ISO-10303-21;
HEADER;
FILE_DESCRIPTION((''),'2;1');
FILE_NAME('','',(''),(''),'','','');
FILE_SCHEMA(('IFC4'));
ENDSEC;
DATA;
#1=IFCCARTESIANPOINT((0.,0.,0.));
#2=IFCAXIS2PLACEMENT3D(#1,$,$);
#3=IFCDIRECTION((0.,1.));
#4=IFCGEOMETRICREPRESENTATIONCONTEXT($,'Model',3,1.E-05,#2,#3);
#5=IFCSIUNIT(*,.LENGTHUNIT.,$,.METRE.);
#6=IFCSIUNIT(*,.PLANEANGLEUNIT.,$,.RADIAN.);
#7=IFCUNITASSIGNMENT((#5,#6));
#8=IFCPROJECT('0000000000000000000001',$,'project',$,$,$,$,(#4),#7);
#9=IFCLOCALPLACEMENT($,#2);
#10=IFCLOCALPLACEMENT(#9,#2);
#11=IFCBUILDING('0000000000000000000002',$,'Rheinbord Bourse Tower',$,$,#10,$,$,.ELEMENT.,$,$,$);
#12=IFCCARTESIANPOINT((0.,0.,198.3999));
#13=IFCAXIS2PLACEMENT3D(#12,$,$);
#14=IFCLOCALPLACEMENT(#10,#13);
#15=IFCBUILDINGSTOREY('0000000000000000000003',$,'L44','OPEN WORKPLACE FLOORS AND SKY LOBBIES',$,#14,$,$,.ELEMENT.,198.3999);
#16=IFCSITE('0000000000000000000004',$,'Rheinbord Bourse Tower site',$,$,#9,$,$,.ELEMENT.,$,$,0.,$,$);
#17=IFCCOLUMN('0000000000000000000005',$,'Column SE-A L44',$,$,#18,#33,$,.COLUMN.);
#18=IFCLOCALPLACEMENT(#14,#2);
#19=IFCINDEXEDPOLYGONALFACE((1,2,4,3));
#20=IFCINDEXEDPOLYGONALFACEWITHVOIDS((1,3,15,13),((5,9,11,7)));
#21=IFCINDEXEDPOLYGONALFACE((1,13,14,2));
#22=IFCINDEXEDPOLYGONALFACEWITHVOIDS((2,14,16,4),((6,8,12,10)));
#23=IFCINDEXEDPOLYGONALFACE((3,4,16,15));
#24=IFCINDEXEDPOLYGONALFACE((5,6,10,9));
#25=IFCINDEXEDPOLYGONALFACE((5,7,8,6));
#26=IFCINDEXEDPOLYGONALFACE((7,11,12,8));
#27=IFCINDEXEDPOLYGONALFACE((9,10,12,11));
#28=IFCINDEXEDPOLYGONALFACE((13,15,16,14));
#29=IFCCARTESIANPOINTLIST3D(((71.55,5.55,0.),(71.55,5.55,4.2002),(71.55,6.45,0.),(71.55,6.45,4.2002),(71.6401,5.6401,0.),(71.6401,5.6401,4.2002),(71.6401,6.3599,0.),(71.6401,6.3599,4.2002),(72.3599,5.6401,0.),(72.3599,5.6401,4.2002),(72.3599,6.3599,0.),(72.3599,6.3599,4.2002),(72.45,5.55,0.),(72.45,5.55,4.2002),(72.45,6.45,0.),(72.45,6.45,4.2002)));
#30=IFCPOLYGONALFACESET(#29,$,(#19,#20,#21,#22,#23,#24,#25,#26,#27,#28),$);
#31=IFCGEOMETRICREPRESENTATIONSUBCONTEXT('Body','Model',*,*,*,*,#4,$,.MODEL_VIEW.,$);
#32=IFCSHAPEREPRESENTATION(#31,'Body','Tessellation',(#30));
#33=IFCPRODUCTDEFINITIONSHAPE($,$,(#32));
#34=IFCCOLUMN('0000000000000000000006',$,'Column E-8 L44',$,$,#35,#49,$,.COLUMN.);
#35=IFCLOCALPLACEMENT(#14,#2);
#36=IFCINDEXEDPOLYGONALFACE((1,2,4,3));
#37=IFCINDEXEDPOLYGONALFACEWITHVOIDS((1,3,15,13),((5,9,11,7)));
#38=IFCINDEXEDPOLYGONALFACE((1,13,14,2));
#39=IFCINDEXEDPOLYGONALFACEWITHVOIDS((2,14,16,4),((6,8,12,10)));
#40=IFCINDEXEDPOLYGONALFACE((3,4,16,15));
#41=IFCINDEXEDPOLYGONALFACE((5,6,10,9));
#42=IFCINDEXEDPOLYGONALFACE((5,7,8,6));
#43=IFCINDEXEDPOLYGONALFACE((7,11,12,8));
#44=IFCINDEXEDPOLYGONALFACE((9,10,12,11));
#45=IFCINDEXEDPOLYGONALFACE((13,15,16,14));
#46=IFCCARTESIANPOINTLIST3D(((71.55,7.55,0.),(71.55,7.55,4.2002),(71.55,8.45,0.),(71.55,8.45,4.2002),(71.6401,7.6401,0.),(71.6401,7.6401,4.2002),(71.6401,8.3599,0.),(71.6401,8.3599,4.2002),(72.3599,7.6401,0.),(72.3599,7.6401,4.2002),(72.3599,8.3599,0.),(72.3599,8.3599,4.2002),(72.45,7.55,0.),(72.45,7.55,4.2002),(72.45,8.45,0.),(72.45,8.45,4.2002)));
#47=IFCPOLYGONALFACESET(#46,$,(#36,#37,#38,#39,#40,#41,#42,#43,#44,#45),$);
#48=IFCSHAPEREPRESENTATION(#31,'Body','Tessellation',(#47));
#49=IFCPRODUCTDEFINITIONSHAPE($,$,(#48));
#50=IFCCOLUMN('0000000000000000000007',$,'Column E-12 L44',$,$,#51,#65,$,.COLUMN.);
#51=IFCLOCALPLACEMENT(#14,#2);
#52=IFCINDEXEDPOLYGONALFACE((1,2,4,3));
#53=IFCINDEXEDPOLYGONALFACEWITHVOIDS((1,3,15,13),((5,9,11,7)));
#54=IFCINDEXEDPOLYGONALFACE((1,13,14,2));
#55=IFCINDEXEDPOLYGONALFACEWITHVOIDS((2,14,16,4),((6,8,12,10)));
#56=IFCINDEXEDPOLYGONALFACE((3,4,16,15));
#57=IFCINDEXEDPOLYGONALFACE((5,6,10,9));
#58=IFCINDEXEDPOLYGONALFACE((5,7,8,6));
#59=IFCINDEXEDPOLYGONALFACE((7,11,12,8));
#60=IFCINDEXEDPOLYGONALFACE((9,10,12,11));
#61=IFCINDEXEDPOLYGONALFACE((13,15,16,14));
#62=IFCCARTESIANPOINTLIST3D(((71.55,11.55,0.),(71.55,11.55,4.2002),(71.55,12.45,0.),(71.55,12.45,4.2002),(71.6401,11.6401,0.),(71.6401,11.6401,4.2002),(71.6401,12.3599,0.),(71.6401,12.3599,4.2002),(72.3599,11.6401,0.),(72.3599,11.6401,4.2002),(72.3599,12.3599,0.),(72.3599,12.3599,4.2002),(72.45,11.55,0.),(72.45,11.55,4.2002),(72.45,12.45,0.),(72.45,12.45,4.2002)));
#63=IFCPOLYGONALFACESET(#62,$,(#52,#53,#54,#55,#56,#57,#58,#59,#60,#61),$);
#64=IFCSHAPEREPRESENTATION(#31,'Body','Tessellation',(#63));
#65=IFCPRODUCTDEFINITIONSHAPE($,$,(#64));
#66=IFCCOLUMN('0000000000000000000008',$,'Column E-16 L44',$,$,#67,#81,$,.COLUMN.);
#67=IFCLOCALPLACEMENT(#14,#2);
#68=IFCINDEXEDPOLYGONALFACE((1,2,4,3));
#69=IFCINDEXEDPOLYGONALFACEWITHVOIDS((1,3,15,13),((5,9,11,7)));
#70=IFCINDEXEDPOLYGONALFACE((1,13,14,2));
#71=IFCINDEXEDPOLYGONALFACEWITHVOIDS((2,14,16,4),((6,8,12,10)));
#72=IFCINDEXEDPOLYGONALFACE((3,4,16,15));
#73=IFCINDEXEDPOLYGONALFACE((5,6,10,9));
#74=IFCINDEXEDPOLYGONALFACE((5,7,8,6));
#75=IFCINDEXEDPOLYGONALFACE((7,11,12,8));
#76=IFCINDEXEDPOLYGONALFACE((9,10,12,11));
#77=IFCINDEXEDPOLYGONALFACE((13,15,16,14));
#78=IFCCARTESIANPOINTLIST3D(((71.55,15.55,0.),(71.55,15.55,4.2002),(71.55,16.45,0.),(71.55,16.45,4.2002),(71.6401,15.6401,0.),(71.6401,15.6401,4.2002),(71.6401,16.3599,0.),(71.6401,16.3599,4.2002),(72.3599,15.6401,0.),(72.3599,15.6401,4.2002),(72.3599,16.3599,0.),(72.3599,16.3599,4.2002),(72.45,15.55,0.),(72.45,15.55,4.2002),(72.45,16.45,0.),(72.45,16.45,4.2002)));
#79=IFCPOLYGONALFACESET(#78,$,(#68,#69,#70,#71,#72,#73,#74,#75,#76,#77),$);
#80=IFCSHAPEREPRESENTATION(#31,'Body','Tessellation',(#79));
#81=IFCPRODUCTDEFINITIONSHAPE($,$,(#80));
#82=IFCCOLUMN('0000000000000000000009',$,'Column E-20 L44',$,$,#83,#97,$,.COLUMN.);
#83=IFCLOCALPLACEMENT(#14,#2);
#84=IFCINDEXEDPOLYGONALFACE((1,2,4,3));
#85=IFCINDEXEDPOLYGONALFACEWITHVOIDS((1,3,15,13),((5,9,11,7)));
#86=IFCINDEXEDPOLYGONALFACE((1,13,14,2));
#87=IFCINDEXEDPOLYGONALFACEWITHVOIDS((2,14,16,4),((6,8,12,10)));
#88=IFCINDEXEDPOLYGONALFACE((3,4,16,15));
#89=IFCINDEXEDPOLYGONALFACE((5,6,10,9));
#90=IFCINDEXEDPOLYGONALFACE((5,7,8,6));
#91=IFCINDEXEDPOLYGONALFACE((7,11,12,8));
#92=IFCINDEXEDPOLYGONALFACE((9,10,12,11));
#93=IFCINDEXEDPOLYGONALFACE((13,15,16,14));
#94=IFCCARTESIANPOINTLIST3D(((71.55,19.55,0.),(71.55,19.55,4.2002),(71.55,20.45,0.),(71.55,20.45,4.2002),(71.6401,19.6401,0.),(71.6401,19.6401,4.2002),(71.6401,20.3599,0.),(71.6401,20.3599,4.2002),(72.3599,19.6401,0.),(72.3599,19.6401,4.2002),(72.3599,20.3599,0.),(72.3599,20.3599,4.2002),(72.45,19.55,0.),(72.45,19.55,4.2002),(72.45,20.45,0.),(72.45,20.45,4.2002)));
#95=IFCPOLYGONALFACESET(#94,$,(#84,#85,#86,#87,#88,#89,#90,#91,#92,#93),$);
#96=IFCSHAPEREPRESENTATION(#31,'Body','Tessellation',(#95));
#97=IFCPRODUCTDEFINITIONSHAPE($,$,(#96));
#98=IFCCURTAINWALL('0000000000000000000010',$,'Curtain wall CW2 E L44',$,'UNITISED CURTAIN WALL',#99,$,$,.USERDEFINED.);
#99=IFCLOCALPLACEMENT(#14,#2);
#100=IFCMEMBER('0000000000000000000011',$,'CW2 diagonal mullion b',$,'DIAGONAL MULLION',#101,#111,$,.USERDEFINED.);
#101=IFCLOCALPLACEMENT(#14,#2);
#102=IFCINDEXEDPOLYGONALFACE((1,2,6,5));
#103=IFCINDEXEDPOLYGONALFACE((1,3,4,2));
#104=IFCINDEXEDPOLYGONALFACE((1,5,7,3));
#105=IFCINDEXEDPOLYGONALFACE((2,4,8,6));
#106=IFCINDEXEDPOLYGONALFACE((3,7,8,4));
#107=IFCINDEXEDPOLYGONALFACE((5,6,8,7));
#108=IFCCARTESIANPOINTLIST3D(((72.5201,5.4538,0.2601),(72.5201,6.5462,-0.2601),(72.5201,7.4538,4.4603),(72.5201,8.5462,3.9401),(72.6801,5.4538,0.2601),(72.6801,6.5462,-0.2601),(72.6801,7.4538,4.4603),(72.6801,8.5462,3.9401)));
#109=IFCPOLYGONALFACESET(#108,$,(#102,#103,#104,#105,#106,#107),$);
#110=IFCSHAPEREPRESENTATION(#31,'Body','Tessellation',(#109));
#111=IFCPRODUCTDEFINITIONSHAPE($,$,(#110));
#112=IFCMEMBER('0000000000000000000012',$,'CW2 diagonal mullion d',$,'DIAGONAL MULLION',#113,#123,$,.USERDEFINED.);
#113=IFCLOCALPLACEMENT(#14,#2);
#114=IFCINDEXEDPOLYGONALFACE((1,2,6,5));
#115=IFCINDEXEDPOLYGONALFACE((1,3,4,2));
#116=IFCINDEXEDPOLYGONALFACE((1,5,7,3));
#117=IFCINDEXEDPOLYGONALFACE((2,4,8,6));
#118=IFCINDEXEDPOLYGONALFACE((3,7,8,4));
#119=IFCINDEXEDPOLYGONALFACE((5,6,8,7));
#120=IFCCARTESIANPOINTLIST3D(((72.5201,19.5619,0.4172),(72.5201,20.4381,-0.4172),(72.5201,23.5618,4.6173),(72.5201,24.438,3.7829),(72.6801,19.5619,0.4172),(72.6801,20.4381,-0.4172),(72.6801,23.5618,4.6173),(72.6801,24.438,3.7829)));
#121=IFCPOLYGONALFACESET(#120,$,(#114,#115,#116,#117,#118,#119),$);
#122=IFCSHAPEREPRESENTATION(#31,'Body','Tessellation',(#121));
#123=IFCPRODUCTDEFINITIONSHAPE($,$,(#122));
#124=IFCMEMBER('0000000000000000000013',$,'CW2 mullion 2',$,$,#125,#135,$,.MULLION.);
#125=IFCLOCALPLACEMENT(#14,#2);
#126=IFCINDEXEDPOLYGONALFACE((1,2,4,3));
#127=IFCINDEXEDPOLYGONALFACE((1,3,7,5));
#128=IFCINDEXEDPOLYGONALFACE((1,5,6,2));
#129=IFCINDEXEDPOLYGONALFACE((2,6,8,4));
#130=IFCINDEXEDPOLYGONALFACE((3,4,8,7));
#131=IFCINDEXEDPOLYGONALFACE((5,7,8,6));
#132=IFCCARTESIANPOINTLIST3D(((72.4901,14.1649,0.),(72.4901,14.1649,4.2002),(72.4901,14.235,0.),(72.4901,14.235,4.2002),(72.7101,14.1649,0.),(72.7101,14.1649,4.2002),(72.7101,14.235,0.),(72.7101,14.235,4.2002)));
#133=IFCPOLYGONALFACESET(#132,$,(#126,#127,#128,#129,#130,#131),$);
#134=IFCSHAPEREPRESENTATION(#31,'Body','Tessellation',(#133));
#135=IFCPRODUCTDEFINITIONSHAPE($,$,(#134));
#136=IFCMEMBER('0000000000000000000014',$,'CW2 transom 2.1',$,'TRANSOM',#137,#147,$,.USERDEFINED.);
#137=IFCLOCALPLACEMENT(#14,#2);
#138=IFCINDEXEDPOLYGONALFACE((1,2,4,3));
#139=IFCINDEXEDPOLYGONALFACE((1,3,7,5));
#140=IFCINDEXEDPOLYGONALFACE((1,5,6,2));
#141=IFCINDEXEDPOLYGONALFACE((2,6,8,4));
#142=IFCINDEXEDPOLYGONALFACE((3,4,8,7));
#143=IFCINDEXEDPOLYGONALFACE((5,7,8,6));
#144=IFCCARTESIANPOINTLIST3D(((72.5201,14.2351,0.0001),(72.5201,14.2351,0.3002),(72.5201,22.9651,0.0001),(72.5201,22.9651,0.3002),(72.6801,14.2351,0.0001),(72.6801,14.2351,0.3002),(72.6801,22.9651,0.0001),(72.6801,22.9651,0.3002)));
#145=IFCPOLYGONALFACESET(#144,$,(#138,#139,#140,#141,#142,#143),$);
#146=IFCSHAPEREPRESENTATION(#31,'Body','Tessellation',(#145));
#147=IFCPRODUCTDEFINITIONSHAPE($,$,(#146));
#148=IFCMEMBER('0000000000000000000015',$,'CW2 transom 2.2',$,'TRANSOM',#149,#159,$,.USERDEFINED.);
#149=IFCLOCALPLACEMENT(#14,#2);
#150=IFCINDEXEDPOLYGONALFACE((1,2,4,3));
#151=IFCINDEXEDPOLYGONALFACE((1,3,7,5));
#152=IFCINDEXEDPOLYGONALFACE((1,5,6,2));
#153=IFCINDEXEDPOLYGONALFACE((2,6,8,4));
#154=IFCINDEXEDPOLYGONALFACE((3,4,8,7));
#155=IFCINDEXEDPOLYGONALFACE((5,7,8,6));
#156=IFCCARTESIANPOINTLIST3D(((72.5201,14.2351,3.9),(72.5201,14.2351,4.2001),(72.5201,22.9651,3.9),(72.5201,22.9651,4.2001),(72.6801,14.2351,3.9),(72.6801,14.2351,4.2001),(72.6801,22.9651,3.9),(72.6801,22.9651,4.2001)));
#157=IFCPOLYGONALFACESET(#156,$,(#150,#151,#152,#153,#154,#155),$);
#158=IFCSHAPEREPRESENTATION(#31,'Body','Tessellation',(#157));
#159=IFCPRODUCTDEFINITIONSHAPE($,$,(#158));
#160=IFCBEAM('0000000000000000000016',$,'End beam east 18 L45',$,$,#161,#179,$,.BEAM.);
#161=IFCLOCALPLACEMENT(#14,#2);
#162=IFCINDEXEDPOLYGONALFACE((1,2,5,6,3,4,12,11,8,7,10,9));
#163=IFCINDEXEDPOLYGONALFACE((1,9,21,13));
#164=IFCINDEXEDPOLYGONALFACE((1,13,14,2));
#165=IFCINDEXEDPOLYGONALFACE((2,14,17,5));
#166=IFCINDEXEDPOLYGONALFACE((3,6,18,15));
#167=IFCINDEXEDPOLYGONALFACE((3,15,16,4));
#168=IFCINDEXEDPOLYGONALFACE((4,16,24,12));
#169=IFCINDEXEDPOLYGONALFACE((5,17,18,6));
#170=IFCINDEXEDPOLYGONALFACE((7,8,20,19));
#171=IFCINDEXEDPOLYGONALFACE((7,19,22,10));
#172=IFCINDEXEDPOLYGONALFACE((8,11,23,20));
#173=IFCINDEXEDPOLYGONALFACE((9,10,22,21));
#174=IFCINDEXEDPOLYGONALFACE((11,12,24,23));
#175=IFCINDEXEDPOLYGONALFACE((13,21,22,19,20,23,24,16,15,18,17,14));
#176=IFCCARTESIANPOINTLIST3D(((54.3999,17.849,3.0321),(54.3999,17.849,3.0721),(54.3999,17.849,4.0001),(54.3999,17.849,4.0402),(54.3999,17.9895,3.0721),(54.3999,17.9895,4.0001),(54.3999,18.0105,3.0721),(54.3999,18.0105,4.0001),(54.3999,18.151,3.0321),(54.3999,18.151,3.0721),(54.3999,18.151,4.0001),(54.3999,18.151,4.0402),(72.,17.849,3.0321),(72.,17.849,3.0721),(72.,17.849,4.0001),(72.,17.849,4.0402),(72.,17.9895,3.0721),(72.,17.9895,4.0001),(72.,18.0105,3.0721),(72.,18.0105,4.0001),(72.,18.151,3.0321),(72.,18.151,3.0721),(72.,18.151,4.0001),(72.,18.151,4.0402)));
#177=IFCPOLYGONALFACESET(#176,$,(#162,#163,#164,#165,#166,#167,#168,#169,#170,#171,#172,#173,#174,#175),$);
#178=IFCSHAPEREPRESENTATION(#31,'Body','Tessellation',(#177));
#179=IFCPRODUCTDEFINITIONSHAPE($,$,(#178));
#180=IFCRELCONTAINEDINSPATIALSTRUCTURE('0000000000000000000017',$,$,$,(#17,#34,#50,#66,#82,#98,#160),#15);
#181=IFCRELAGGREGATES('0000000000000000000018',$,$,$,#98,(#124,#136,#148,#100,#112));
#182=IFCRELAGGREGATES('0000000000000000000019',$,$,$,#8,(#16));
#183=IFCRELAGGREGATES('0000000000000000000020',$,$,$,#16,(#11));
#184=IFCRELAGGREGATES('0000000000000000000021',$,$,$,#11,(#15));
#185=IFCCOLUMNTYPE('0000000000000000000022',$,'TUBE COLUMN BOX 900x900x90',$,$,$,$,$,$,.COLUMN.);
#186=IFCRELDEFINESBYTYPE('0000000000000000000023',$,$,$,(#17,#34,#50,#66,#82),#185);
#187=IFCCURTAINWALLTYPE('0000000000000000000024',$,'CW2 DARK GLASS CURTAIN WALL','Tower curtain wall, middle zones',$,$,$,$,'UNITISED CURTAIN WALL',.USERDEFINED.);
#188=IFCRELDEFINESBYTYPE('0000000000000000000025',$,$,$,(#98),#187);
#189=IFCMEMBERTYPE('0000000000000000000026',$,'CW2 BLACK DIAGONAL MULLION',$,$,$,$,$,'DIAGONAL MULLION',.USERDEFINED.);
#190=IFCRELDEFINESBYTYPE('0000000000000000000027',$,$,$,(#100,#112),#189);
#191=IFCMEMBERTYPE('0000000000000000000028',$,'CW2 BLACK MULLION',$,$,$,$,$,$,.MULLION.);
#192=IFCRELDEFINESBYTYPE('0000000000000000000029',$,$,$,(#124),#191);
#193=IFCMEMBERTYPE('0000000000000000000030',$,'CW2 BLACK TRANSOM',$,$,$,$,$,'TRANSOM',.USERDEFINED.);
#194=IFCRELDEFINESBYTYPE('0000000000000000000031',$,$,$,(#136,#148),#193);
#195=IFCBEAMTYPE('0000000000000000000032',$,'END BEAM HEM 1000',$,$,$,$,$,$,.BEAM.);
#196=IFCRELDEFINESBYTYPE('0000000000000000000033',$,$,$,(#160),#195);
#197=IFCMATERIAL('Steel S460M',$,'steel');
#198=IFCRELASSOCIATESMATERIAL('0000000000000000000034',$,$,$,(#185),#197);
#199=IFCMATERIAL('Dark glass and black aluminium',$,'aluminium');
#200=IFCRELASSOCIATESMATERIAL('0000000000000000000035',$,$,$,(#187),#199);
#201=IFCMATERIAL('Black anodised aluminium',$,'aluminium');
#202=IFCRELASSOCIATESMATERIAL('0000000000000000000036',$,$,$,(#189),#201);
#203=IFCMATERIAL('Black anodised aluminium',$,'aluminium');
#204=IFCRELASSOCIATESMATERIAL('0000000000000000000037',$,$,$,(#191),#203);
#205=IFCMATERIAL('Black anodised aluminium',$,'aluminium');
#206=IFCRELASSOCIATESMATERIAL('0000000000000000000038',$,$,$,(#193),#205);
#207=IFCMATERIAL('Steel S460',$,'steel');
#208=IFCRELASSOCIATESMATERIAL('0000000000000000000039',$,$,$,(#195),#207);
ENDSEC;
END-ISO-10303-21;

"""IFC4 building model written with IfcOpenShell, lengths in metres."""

from ifc_helpers import new_model, si_unit, direction, frame, origin, origin_2d, place, context, subcontext, project, spatial, rectangle, hollow_rectangle, i_section, extrude, material, material_profile, profile_set, type_object, element, aggregate, save


model = new_model("IFC4")

# Units and contexts
model_context = context("Model", 3, precision=1e-05, world=origin(), true_north=direction((0.0, 1.0)))
body_context = subcontext(model_context, "Body", "Model", "MODEL_VIEW")
ifc_project = project(units=[si_unit("LENGTHUNIT", "METRE"), si_unit("PLANEANGLEUNIT", "RADIAN")], contexts=[model_context])

# Site, building, storey
site_placement = place(None, origin())
site = spatial("IfcSite", under=ifc_project, at=site_placement, Name="Rheinbord Bourse Tower site", CompositionType="ELEMENT", RefElevation=0.0)
building_placement = place(site_placement, origin())
building = spatial("IfcBuilding", under=site, at=building_placement, Name="Rheinbord Bourse Tower", CompositionType="ELEMENT")
storey_placement = place(building_placement, frame((0.0, 0.0, 198.3999)))
storey = spatial("IfcBuildingStorey", under=building, at=storey_placement, Name="L44", Description="OPEN WORKPLACE FLOORS AND SKY LOBBIES", CompositionType="ELEMENT", Elevation=198.3999)

# Columns
ifc_material_1 = material(Name="Steel S460M", Category="steel")
ifc_material_profile_1 = material_profile(ifc_material_1, hollow_rectangle(XDim=0.8999, YDim=0.8999, WallThickness=0.0901, at=origin_2d()), Name="BOX 900x900x90")
ifc_profile_set_1 = profile_set([ifc_material_profile_1], Name="Steel S460M")
column_type = type_object("IfcColumnType", Name="TUBE COLUMN BOX 900x900x90", PredefinedType="COLUMN", material=ifc_profile_set_1)
for number, where, z_axis, x_axis, name in (
    (1, (72.0, 6.0, 0.0), (0.0, 0.0, 1.0), (1.0, 0.0, 0.0), "Column SE-A L44"),
    (2, (72.0, 8.0, 0.0), (0.0, 0.0, 1.0), (1.0, 0.0, 0.0), "Column E-8 L44"),
    (3, (72.0, 12.0, 0.0), (0.0, 0.0, 1.0), (1.0, 0.0, 0.0), "Column E-12 L44"),
    (4, (72.0, 16.0, 0.0), (0.0, 0.0, 1.0), (1.0, 0.0, 0.0), "Column E-16 L44"),
    (5, (72.0, 20.0, 0.0), (0.0, 0.0, 1.0), (1.0, 0.0, 0.0), "Column E-20 L44"),
):
    element("IfcColumn", number, at=place(storey_placement, frame(where, z_axis=z_axis, x_axis=x_axis)), inside=storey, type_object=column_type, Name=name, PredefinedType="COLUMN", context=body_context, shape_type="SweptSolid", body=[
        extrude(hollow_rectangle(XDim=0.8999, YDim=0.8999, WallThickness=0.0901, at=origin_2d()), origin(), (0.0, 0.0, 1.0), 4.2002),
    ])

# Curtain wall, members
ifc_material_2 = material(Name="Dark glass and black aluminium", Category="aluminium")
curtain_wall_type = type_object("IfcCurtainWallType", Name="CW2 DARK GLASS CURTAIN WALL", Description="Tower curtain wall, middle zones", ElementType="UNITISED CURTAIN WALL", PredefinedType="USERDEFINED", material=ifc_material_2)
curtain_wall_placement = place(storey_placement, origin())
curtain_wall = element("IfcCurtainWall", 6, at=curtain_wall_placement, inside=storey, type_object=curtain_wall_type, Name="Curtain wall CW2 E L44", ObjectType="UNITISED CURTAIN WALL", PredefinedType="USERDEFINED")
ifc_material_3 = material(Name="Black anodised aluminium", Category="aluminium")
ifc_material_profile_2 = material_profile(ifc_material_3, rectangle(XDim=0.1599, YDim=1.21, at=origin_2d()), Name="CW2 DIAGONAL MULLION 1210x160")
ifc_profile_set_2 = profile_set([ifc_material_profile_2], Name="Black anodised aluminium")
member_type_1 = type_object("IfcMemberType", Name="CW2 BLACK DIAGONAL MULLION", ElementType="DIAGONAL MULLION", PredefinedType="USERDEFINED", material=ifc_profile_set_2)
member_1_placement = place(storey_placement, frame((72.6001, 6.0, 0.0), z_axis=(0.0, 0.429917, 0.902868), x_axis=(-1.0, 0.0, 0.0)))
member_1 = element("IfcMember", 7, at=member_1_placement, type_object=member_type_1, Name="CW2 diagonal mullion b", ObjectType="DIAGONAL MULLION", PredefinedType="USERDEFINED", context=body_context, shape_type="SweptSolid", body=[
    extrude(rectangle(XDim=0.1599, YDim=1.21, at=origin_2d()), origin(), (0.0, 0.0, 1.0), 4.6521),
])
member_2_placement = place(storey_placement, frame((72.6001, 20.0, 0.0), z_axis=(0.0, 0.689638, 0.724154), x_axis=(-1.0, 0.0, 0.0)))
member_2 = element("IfcMember", 8, at=member_2_placement, type_object=member_type_1, Name="CW2 diagonal mullion d", ObjectType="DIAGONAL MULLION", PredefinedType="USERDEFINED", context=body_context, shape_type="SweptSolid", body=[
    extrude(rectangle(XDim=0.1599, YDim=1.21, at=origin_2d()), origin(), (0.0, 0.0, 1.0), 5.8),
])
ifc_material_4 = material(Name="Black anodised aluminium", Category="aluminium")
ifc_material_profile_3 = material_profile(ifc_material_4, rectangle(XDim=0.22, YDim=0.0701, at=origin_2d()), Name="CW2 MULLION 70x220")
ifc_profile_set_3 = profile_set([ifc_material_profile_3], Name="Black anodised aluminium")
member_type_2 = type_object("IfcMemberType", Name="CW2 BLACK MULLION", PredefinedType="MULLION", material=ifc_profile_set_3)
member_3_placement = place(storey_placement, frame((72.6001, 14.2, 0.0), z_axis=(0.0, 0.0, 1.0), x_axis=(-1.0, 0.0, 0.0)))
member_3 = element("IfcMember", 9, at=member_3_placement, type_object=member_type_2, Name="CW2 mullion 2", PredefinedType="MULLION", context=body_context, shape_type="SweptSolid", body=[
    extrude(rectangle(XDim=0.22, YDim=0.0701, at=origin_2d()), origin(), (0.0, 0.0, 1.0), 4.2002),
])
ifc_material_5 = material(Name="Black anodised aluminium", Category="aluminium")
ifc_material_profile_4 = material_profile(ifc_material_5, rectangle(XDim=0.1599, YDim=0.3, at=origin_2d()), Name="CW2 TRANSOM 300x160")
ifc_profile_set_4 = profile_set([ifc_material_profile_4], Name="Black anodised aluminium")
member_type_3 = type_object("IfcMemberType", Name="CW2 BLACK TRANSOM", ElementType="TRANSOM", PredefinedType="USERDEFINED", material=ifc_profile_set_4)
member_4_placement = place(storey_placement, frame((72.6001, 14.2351, 0.1501), z_axis=(0.0, 1.0, 0.0), x_axis=(-1.0, 0.0, 0.0)))
member_4 = element("IfcMember", 10, at=member_4_placement, type_object=member_type_3, Name="CW2 transom 2.1", ObjectType="TRANSOM", PredefinedType="USERDEFINED", context=body_context, shape_type="SweptSolid", body=[
    extrude(rectangle(XDim=0.1599, YDim=0.3, at=origin_2d()), origin(), (0.0, 0.0, 1.0), 8.73),
])
member_5_placement = place(storey_placement, frame((72.6001, 14.2351, 4.05), z_axis=(0.0, 1.0, 0.0), x_axis=(-1.0, 0.0, 0.0)))
member_5 = element("IfcMember", 11, at=member_5_placement, type_object=member_type_3, Name="CW2 transom 2.2", ObjectType="TRANSOM", PredefinedType="USERDEFINED", context=body_context, shape_type="SweptSolid", body=[
    extrude(rectangle(XDim=0.1599, YDim=0.3, at=origin_2d()), origin(), (0.0, 0.0, 1.0), 8.73),
])

# Beam
ifc_material_6 = material(Name="Steel S460", Category="steel")
ifc_material_profile_5 = material_profile(ifc_material_6, i_section(OverallWidth=0.302, OverallDepth=1.0081, WebThickness=0.021, FlangeThickness=0.04, at=origin_2d()), Name="HEM 1000")
ifc_profile_set_5 = profile_set([ifc_material_profile_5], Name="Steel S460")
beam_type_1 = type_object("IfcBeamType", Name="END BEAM HEM 1000", PredefinedType="BEAM", material=ifc_profile_set_5)
beam_1_placement = place(storey_placement, frame((54.3999, 18.0, 3.5361), z_axis=(1.0, 0.0, 0.0), x_axis=(0.0, 1.0, 0.0)))
element("IfcBeam", 12, at=beam_1_placement, inside=storey, type_object=beam_type_1, Name="End beam east 18 L45", PredefinedType="BEAM", context=body_context, shape_type="SweptSolid", body=[
    extrude(i_section(OverallWidth=0.302, OverallDepth=1.0081, WebThickness=0.021, FlangeThickness=0.04, at=origin_2d()), origin(), (0.0, 0.0, 1.0), 17.6001),
])

aggregate(curtain_wall, [member_3, member_4, member_5, member_1, member_2])

save(model, "model.ifc")
